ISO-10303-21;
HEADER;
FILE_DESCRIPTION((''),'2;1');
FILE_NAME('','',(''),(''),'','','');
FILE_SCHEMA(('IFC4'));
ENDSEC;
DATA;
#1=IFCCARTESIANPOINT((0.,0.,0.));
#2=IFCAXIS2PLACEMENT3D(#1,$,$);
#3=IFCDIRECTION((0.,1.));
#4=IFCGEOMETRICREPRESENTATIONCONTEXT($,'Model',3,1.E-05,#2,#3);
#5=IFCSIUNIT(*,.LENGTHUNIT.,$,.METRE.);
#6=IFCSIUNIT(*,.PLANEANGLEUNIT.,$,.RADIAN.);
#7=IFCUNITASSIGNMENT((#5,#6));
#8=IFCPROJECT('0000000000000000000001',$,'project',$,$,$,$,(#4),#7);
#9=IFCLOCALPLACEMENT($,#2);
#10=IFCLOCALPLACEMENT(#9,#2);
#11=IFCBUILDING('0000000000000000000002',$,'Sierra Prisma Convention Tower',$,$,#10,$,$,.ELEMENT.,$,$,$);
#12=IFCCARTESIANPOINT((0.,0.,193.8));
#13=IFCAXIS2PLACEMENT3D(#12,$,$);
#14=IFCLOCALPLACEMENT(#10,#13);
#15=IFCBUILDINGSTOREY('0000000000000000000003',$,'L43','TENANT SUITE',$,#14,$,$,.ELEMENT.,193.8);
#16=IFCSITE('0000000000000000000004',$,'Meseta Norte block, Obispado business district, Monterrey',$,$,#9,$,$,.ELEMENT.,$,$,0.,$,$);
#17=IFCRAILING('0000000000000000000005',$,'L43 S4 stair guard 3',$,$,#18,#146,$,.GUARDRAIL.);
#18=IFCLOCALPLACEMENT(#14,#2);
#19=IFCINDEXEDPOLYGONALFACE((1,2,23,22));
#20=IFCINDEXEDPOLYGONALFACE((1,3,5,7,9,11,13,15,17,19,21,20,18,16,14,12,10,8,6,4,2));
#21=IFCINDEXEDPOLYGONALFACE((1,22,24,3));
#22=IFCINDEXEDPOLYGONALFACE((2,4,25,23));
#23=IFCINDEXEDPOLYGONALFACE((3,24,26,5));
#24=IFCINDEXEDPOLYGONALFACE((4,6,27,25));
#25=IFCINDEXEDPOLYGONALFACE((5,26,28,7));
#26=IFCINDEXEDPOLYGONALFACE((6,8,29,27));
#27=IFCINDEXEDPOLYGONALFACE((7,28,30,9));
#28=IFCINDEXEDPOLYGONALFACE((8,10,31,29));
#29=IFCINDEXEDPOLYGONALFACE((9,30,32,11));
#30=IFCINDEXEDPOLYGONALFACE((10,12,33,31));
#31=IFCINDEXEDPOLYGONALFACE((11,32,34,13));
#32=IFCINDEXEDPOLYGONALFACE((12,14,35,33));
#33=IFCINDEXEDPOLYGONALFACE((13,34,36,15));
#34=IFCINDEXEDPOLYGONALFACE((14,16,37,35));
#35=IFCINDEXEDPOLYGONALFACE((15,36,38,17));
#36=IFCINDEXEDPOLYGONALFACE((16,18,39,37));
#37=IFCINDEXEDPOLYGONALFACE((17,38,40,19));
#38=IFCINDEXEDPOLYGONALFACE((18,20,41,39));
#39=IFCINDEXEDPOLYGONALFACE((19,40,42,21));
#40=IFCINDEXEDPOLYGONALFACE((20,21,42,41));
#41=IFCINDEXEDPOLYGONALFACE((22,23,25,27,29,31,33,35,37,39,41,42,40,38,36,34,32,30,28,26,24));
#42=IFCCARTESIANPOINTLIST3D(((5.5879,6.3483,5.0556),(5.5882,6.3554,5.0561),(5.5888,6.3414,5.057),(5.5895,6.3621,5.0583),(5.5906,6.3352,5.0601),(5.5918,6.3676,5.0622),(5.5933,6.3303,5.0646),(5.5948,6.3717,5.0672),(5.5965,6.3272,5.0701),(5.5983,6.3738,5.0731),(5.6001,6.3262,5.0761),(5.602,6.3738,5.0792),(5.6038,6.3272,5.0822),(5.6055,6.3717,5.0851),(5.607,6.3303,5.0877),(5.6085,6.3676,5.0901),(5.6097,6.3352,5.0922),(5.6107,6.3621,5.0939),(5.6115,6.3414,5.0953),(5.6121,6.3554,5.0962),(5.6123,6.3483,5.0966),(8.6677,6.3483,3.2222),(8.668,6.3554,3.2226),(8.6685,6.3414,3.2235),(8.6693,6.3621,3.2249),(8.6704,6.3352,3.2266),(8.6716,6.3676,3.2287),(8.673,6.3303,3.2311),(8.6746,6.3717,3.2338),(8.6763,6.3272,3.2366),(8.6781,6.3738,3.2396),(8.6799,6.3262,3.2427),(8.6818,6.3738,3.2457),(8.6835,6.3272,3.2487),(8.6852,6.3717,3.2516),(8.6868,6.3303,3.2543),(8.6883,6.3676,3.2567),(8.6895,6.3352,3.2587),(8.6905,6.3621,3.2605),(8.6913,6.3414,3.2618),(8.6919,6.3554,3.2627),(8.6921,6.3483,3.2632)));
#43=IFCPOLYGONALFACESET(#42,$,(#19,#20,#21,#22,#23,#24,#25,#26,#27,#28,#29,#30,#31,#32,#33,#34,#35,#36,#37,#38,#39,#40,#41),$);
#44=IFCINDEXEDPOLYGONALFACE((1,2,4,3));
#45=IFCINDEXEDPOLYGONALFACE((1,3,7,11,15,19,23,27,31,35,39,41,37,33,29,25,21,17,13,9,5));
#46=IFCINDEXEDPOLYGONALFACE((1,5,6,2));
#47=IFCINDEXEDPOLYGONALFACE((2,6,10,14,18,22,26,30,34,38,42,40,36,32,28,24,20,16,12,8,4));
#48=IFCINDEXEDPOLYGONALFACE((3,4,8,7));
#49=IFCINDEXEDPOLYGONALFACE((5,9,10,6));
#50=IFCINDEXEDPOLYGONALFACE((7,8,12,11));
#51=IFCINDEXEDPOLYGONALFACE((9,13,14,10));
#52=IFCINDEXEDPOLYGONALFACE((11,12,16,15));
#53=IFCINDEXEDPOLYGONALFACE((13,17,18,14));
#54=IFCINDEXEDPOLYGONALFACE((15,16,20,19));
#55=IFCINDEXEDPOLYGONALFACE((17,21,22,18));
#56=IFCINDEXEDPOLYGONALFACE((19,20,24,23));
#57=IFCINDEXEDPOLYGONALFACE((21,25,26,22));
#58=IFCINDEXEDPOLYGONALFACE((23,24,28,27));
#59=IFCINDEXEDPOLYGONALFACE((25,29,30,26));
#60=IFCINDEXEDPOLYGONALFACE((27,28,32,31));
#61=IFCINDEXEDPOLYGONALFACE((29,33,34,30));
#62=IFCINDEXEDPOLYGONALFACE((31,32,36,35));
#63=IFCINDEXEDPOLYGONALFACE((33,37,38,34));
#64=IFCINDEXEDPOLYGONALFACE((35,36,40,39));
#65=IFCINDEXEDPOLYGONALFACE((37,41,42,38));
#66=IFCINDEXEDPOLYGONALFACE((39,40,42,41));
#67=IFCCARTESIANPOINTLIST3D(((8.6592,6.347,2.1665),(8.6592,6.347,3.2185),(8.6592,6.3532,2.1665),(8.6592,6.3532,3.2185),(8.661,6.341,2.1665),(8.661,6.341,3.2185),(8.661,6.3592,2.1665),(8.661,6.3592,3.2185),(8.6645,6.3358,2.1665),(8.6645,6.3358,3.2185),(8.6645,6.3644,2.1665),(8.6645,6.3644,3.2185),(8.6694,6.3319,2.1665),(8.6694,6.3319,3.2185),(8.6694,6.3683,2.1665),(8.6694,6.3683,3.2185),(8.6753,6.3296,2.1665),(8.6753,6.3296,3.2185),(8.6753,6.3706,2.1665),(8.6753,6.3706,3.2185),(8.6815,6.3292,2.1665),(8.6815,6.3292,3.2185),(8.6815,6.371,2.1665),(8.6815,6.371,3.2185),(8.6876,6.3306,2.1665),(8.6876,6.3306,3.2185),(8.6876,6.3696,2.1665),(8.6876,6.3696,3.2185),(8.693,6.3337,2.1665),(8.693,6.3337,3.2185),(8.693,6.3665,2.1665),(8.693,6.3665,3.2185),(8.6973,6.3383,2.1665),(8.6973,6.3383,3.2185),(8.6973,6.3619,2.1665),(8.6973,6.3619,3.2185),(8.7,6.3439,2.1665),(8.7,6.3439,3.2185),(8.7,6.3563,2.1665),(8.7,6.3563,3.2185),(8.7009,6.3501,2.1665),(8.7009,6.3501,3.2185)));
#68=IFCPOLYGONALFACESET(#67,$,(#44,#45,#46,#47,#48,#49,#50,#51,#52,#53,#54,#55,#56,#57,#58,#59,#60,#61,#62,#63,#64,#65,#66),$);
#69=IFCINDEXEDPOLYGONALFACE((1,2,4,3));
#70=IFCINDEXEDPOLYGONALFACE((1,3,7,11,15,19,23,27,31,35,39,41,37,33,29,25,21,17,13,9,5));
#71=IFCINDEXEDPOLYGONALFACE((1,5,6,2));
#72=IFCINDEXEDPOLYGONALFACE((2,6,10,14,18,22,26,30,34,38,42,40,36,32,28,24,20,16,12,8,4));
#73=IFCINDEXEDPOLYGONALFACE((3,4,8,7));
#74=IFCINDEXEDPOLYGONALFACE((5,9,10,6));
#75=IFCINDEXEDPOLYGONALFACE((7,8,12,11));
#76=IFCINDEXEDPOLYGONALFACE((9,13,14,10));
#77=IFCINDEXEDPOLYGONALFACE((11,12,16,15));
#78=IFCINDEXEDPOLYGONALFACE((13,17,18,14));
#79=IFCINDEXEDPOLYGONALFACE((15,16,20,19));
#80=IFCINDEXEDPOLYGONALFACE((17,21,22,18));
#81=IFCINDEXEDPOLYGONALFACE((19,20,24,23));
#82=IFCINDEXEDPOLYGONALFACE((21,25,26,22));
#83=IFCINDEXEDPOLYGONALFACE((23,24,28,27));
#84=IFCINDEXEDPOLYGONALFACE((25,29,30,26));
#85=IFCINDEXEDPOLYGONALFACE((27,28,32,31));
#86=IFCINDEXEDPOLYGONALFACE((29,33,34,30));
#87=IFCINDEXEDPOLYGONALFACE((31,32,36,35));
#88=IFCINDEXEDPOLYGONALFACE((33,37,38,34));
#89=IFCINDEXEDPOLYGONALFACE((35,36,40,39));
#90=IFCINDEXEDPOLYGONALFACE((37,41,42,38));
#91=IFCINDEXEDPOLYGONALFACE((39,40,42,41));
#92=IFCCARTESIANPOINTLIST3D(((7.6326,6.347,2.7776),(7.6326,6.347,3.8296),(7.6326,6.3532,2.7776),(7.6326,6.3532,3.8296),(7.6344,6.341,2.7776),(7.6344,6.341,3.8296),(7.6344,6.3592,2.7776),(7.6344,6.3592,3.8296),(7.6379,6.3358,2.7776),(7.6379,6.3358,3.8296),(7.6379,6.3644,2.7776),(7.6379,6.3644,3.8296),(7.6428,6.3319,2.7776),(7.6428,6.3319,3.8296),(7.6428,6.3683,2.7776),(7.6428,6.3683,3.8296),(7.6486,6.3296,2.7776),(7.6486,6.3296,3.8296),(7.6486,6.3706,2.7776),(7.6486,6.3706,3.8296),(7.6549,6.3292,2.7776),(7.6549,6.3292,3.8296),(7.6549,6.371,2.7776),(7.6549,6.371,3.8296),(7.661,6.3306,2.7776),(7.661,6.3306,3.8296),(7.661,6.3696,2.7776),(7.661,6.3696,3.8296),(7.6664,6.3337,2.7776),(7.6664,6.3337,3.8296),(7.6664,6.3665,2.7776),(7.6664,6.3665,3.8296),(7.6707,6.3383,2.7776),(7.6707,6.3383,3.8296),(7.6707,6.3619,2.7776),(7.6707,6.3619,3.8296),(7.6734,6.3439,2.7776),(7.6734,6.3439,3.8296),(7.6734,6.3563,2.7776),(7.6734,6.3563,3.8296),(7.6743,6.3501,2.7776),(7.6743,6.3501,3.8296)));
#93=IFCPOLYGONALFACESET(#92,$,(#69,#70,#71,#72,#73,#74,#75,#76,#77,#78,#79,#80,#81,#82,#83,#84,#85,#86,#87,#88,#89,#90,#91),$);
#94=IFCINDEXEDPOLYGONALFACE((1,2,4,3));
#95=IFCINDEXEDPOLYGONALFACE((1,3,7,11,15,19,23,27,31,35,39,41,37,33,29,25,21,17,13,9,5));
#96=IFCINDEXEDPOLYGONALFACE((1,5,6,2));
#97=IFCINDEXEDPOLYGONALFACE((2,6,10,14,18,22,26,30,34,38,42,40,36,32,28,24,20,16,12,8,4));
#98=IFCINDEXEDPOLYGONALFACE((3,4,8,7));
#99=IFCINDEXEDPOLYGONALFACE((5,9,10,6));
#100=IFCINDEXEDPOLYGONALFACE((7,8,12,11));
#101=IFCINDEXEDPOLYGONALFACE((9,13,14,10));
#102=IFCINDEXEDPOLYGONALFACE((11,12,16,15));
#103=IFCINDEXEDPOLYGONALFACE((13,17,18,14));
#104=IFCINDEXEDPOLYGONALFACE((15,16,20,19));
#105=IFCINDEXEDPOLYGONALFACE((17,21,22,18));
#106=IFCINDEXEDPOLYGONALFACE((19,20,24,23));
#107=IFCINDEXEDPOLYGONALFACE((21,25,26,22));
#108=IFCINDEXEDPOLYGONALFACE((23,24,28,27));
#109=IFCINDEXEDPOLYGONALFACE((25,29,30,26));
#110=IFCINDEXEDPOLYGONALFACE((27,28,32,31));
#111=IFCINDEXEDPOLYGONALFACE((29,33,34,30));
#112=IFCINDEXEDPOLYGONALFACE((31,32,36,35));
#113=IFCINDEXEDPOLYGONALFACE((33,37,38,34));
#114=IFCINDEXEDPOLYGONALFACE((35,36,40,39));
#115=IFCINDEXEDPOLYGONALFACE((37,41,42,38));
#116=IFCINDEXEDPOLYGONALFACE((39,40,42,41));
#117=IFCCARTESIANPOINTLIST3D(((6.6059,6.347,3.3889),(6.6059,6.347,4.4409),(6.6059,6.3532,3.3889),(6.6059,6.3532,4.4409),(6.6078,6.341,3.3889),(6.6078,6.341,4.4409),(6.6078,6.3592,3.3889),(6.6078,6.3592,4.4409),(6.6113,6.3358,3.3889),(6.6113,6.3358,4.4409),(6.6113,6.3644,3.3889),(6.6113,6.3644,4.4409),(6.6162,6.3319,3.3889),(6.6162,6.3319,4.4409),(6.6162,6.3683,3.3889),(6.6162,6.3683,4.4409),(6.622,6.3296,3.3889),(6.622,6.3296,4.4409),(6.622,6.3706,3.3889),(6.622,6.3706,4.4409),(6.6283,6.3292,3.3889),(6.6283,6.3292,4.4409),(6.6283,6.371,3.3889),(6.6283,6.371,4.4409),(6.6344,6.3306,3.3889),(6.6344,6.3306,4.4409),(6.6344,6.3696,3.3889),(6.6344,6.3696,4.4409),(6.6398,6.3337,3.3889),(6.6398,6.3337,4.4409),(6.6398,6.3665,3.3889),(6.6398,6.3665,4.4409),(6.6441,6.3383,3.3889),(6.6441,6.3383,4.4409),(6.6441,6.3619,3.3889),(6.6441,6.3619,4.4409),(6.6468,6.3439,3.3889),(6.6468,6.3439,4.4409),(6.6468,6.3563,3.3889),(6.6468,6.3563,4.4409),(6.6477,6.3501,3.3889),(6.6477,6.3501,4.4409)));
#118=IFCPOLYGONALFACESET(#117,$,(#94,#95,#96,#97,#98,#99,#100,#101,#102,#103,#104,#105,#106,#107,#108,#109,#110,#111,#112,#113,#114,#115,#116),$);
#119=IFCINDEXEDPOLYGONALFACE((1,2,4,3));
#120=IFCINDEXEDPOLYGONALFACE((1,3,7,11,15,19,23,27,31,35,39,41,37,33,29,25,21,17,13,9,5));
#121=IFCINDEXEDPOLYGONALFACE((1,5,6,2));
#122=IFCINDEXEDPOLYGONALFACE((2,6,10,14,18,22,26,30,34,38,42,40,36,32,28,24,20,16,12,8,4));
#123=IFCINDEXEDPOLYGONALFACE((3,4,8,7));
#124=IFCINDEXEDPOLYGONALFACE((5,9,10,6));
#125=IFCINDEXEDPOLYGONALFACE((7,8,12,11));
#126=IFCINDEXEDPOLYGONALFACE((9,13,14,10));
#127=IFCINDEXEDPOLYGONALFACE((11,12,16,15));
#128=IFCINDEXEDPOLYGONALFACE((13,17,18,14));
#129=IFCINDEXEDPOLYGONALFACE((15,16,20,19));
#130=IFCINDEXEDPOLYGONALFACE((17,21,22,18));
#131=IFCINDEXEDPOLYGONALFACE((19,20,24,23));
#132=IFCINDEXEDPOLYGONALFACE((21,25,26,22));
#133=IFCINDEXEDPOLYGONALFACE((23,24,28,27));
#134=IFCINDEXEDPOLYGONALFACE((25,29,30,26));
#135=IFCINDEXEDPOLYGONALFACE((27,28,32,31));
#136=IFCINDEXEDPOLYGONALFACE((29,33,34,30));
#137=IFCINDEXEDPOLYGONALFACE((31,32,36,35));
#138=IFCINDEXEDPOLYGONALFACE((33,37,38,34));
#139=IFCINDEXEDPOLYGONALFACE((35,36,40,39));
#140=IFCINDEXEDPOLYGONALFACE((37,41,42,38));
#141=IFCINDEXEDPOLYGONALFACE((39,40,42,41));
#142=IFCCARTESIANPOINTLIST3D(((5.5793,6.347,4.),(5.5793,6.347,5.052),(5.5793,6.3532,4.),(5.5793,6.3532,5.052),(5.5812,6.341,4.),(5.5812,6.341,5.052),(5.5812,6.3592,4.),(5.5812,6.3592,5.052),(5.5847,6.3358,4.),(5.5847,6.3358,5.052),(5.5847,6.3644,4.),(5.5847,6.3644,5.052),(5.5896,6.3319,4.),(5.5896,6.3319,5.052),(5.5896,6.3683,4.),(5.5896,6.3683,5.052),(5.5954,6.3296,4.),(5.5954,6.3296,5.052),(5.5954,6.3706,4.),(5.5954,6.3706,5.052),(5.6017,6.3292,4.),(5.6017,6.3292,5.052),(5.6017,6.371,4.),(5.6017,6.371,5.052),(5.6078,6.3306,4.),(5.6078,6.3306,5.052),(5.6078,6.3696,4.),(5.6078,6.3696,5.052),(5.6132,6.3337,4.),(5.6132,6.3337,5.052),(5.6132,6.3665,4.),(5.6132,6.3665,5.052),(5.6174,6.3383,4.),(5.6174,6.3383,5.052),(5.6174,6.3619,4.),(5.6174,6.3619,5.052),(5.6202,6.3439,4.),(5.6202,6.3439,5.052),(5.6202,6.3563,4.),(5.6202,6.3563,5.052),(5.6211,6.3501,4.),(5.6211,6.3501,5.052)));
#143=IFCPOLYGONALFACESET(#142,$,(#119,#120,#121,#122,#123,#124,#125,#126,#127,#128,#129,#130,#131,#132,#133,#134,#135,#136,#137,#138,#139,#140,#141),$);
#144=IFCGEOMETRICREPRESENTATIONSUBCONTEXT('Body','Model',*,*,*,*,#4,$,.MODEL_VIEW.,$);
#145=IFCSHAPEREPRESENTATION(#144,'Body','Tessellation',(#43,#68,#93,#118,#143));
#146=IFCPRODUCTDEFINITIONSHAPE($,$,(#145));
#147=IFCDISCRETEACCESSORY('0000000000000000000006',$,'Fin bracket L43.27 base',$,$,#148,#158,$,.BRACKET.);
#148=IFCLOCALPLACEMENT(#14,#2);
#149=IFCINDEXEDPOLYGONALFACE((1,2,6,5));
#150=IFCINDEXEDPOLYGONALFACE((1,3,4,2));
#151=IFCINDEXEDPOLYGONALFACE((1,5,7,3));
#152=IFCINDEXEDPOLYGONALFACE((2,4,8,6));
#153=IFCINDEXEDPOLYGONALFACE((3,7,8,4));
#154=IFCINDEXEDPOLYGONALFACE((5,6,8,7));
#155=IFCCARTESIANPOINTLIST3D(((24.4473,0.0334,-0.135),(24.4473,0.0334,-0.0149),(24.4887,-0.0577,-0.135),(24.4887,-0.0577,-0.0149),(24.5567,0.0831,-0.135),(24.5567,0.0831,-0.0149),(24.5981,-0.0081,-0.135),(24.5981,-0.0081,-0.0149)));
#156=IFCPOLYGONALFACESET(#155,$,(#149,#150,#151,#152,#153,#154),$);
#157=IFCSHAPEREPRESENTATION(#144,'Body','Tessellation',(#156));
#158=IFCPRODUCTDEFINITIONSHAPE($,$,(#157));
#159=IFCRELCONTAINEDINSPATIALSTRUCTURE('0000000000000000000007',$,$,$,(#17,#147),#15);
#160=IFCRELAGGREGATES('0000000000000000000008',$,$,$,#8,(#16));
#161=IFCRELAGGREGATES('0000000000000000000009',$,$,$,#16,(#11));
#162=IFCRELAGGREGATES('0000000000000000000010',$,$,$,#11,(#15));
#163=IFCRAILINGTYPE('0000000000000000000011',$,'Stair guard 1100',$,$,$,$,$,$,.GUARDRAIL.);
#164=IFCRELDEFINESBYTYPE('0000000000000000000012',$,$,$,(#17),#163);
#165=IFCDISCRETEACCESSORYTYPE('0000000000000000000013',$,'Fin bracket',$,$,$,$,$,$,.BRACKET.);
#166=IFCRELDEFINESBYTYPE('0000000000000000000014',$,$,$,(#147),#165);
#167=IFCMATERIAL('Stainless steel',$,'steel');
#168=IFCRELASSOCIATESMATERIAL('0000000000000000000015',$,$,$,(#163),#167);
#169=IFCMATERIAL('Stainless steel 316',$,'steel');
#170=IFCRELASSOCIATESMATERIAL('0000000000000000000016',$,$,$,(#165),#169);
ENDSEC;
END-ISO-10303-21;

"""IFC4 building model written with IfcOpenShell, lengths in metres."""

from ifc_helpers import new_model, si_unit, direction, frame, origin, origin_2d, place, context, subcontext, project, spatial, rectangle, circle, extrude, material, type_object, element, save


model = new_model("IFC4")

# Units and contexts
model_context = context("Model", 3, precision=1e-05, world=origin(), true_north=direction((0.0, 1.0)))
body_context = subcontext(model_context, "Body", "Model", "MODEL_VIEW")
ifc_project = project(units=[si_unit("LENGTHUNIT", "METRE"), si_unit("PLANEANGLEUNIT", "RADIAN")], contexts=[model_context])

# Site, building, storey
site_placement = place(None, origin())
site = spatial("IfcSite", under=ifc_project, at=site_placement, Name="Meseta Norte block, Obispado business district, Monterrey", CompositionType="ELEMENT", RefElevation=0.0)
building_placement = place(site_placement, origin())
building = spatial("IfcBuilding", under=site, at=building_placement, Name="Sierra Prisma Convention Tower", CompositionType="ELEMENT")
storey_placement = place(building_placement, frame((0.0, 0.0, 193.8)))
storey = spatial("IfcBuildingStorey", under=building, at=storey_placement, Name="L43", Description="TENANT SUITE", CompositionType="ELEMENT", Elevation=193.8)

# Railing
ifc_material_1 = material(Name="Stainless steel", Category="steel")
railing_type_1 = type_object("IfcRailingType", Name="Stair guard 1100", PredefinedType="GUARDRAIL", material=ifc_material_1)
railing_1_placement = place(storey_placement, frame((8.6799, 6.3501, 2.1665)))
element("IfcRailing", 1, at=railing_1_placement, inside=storey, type_object=railing_type_1, Name="L43 S4 stair guard 3", PredefinedType="GUARDRAIL", context=body_context, shape_type="SweptSolid", body=[
    extrude(circle(Radius=0.0239, at=origin_2d()), frame((0.0, 0.0, 1.0762), z_axis=(-0.859261, 0.0, 0.511538), x_axis=(0.0, -1.0, 0.0)), (0.0, 0.0, 1.0), 3.5842),
    extrude(circle(Radius=0.021, at=origin_2d()), origin(), (0.0, 0.0, 1.0), 1.052),
    extrude(circle(Radius=0.021, at=origin_2d()), frame((-1.0266, 0.0, 0.6111)), (0.0, 0.0, 1.0), 1.052),
    extrude(circle(Radius=0.021, at=origin_2d()), frame((-2.0532, 0.0, 1.2224)), (0.0, 0.0, 1.0), 1.052),
    extrude(circle(Radius=0.021, at=origin_2d()), frame((-3.0798, 0.0, 1.8335)), (0.0, 0.0, 1.0), 1.052),
])

# Discrete accessory
ifc_material_2 = material(Name="Stainless steel 316", Category="steel")
discrete_accessory_type = type_object("IfcDiscreteAccessoryType", Name="Fin bracket", PredefinedType="BRACKET", material=ifc_material_2)
discrete_accessory_placement = place(storey_placement, frame((24.5227, 0.0127, -0.135), z_axis=(0.0, 0.0, 1.0), x_axis=(0.910609, 0.413269, 0.0)))
element("IfcDiscreteAccessory", 2, at=discrete_accessory_placement, inside=storey, type_object=discrete_accessory_type, Name="Fin bracket L43.27 base", PredefinedType="BRACKET", context=body_context, shape_type="SweptSolid", body=[
    extrude(rectangle(XDim=0.1201, YDim=0.1001, at=origin_2d()), origin(), (0.0, 0.0, 1.0), 0.1201),
])

save(model, "model.ifc")
